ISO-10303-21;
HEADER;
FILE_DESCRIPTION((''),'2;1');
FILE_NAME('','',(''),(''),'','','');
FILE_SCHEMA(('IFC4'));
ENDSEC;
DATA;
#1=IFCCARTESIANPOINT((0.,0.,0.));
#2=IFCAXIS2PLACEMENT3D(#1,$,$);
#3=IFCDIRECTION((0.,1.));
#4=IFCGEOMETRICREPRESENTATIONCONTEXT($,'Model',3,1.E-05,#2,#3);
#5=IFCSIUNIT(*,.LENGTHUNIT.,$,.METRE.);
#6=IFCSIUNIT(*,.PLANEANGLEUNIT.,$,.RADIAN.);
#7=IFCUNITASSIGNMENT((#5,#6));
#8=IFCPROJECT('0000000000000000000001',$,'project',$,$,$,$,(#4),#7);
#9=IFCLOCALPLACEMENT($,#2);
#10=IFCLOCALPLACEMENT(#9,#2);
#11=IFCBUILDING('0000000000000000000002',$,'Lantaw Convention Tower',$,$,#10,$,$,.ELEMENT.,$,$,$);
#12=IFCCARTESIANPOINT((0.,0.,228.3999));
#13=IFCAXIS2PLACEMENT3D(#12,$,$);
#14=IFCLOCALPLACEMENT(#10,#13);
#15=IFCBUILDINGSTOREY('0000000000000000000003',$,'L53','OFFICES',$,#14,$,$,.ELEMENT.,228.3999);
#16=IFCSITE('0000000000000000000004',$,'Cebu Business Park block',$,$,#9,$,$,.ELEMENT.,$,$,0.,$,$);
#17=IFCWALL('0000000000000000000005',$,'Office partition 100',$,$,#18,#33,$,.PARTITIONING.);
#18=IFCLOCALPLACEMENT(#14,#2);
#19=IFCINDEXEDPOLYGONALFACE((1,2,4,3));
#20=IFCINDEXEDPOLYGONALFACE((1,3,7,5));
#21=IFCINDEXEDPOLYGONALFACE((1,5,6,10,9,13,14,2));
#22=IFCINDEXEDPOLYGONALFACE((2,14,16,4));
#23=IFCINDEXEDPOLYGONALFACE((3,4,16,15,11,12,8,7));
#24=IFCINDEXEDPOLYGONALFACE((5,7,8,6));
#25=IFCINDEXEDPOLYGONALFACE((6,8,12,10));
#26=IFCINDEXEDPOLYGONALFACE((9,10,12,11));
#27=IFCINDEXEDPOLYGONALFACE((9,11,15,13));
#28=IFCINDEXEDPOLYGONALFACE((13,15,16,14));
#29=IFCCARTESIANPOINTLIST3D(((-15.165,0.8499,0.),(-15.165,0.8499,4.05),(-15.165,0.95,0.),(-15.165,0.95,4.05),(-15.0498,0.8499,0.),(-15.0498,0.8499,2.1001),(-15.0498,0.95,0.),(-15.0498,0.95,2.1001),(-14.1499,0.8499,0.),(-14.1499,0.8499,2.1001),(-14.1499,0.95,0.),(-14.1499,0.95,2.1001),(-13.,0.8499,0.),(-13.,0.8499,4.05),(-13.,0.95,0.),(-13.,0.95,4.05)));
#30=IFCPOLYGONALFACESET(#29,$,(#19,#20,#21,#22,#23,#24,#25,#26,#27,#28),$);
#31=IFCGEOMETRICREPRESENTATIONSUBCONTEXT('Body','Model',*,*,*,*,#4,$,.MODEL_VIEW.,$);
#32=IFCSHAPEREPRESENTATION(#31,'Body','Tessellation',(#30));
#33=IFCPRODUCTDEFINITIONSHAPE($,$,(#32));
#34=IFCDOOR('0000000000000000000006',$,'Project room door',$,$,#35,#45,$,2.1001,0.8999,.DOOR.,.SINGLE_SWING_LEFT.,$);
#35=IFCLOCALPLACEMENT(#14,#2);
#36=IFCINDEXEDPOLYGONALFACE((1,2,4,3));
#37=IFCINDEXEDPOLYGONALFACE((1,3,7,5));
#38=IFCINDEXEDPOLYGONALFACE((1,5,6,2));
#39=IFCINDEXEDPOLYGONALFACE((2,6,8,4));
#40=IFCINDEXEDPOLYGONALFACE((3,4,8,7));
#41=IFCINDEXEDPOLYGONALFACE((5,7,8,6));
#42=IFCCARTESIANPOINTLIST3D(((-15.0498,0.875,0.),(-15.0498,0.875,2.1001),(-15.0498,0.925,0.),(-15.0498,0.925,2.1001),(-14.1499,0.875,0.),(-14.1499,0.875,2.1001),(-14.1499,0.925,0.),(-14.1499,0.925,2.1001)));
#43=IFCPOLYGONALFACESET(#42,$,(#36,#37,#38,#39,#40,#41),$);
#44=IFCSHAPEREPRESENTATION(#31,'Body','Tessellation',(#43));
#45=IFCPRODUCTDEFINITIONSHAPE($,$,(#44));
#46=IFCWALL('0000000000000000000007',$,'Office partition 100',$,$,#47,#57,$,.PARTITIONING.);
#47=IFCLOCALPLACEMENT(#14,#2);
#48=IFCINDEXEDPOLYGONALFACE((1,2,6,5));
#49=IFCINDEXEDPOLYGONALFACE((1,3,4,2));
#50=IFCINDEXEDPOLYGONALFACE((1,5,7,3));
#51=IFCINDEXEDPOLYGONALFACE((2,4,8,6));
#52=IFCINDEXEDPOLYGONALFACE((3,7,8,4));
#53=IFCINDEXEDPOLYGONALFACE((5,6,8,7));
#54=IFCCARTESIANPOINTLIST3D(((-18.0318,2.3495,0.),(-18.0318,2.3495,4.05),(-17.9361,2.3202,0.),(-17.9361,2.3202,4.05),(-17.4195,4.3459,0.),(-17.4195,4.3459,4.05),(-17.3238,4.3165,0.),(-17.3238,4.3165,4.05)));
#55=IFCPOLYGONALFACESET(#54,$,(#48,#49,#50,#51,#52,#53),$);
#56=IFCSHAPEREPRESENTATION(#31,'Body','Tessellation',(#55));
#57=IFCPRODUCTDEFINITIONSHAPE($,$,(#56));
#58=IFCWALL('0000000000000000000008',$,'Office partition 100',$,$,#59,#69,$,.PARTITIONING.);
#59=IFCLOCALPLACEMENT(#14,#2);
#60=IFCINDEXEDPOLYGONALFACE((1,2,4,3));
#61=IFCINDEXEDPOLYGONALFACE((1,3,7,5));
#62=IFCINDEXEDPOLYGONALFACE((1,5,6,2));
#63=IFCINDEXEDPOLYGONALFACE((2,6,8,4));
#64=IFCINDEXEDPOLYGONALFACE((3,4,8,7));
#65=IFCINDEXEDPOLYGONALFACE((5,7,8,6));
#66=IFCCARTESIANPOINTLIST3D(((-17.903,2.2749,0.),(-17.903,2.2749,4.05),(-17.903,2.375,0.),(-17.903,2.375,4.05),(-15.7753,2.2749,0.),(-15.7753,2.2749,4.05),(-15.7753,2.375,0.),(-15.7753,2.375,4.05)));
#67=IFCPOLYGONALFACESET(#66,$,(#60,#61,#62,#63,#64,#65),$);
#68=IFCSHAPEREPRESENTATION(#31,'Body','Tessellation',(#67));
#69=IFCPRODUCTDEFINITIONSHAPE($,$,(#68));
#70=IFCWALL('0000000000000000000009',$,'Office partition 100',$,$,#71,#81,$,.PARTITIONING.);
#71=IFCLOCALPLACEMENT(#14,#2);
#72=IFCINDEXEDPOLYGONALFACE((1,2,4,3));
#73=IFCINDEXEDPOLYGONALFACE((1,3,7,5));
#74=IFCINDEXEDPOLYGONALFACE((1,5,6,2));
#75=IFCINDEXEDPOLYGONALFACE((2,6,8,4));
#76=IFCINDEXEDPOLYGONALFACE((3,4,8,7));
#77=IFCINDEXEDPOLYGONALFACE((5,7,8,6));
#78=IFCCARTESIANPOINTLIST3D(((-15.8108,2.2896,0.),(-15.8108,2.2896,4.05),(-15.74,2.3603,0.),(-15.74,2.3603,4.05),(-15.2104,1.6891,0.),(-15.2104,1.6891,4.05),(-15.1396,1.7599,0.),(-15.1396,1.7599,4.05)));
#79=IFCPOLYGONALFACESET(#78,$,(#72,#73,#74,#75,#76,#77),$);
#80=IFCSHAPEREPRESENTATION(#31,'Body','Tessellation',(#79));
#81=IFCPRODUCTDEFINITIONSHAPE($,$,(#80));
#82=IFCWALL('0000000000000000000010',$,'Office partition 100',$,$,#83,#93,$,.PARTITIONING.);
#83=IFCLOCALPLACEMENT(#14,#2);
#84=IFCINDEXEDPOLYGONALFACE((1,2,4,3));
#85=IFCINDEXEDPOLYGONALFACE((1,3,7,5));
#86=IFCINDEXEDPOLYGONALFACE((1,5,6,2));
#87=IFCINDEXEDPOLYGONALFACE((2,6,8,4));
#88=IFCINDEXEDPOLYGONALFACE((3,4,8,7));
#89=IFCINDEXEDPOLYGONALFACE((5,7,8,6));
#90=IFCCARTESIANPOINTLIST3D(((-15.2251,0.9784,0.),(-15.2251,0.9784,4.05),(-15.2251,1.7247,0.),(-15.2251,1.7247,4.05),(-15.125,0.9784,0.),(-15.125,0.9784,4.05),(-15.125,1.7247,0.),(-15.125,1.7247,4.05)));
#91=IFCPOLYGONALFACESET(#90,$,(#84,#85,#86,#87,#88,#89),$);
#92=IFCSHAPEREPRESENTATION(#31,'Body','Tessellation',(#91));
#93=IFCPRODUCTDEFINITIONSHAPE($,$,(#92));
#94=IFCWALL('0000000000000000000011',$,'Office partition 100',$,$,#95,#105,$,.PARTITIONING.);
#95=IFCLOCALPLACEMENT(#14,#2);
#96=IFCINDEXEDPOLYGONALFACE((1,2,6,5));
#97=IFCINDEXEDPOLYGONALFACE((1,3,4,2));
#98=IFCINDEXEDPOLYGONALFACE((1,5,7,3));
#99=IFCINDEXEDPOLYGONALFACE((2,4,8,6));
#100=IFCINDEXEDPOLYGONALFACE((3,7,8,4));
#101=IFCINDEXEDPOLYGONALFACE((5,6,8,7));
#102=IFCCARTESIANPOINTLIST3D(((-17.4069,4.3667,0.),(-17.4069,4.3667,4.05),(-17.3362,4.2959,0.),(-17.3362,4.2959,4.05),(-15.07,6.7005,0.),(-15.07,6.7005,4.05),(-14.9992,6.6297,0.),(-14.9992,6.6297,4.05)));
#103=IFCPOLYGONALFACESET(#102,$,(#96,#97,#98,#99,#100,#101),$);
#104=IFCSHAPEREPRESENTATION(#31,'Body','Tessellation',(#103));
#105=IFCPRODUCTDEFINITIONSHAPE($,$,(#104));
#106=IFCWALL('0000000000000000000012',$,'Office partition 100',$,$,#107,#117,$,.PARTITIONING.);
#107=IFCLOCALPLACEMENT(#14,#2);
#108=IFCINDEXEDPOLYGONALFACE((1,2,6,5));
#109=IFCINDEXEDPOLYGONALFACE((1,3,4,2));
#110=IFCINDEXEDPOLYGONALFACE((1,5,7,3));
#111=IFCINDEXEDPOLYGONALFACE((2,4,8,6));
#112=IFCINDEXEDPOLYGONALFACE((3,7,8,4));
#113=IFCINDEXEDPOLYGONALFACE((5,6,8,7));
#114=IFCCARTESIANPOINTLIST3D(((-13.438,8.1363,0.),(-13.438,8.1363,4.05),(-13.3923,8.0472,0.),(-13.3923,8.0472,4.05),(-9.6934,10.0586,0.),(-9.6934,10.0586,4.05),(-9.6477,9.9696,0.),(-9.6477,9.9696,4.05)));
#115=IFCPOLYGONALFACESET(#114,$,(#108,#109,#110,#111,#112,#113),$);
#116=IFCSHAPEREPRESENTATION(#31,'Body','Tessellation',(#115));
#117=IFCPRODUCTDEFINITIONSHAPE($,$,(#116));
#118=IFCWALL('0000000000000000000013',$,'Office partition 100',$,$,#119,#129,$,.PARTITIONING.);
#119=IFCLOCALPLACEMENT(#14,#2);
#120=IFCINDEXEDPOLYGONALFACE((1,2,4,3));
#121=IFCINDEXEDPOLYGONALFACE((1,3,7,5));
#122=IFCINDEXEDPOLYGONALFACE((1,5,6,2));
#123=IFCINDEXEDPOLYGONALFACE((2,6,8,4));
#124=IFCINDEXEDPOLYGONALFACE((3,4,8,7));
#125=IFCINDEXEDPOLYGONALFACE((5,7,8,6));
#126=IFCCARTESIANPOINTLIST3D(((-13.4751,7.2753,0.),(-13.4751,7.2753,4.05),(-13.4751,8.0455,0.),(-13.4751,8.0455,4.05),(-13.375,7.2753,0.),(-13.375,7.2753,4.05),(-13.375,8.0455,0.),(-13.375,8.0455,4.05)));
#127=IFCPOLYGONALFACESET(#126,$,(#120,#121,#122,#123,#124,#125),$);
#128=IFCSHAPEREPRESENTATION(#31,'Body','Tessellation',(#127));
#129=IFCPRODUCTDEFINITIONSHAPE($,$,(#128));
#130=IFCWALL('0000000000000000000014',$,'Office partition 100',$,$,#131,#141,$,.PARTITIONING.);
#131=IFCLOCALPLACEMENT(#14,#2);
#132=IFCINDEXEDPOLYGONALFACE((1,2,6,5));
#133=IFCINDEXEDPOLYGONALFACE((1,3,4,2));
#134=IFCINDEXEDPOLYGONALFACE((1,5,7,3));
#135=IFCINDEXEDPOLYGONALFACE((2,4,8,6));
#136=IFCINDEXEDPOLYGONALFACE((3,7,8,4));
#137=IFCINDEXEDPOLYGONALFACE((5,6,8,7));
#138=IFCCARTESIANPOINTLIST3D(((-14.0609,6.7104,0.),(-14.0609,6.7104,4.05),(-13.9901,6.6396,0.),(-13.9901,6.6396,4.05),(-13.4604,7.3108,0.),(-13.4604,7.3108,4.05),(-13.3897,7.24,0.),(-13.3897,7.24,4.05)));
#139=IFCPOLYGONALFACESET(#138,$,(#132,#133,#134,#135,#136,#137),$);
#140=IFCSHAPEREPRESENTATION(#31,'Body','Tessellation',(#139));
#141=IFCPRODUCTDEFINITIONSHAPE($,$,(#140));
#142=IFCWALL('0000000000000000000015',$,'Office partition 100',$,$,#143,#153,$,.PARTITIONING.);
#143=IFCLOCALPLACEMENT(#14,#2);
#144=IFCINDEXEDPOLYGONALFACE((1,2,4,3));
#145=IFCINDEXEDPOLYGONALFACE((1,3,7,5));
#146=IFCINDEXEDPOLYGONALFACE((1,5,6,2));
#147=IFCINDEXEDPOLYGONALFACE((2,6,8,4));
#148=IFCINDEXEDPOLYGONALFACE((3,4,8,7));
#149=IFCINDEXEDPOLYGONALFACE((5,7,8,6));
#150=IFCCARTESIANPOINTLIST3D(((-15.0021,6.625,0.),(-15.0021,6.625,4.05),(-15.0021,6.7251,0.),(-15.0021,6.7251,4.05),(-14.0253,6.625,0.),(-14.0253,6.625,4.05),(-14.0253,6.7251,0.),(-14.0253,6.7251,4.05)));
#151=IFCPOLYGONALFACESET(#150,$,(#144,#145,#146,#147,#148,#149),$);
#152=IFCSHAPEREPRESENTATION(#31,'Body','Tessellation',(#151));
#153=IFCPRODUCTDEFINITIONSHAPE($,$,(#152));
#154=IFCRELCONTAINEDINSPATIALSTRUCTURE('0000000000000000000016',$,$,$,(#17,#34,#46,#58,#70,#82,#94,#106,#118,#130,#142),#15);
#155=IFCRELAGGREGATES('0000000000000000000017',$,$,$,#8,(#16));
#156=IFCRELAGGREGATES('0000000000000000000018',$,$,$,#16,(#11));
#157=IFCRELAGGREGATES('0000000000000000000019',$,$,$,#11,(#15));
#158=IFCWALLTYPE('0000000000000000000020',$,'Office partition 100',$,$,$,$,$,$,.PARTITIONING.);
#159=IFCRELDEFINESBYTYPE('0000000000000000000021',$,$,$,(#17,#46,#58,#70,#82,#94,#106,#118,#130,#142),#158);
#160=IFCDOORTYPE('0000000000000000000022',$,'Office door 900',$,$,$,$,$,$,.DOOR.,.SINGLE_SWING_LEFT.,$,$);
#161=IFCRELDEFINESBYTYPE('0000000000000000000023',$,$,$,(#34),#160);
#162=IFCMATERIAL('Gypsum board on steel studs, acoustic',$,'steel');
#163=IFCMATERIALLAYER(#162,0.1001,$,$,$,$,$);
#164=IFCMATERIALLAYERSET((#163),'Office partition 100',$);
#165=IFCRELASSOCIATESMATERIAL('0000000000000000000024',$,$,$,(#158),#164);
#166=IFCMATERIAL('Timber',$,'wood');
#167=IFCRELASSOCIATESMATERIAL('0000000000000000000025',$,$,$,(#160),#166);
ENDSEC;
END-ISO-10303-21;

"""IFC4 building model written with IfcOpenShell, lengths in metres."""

from ifc_helpers import new_model, si_unit, direction, frame, frame_2d, origin, place, context, subcontext, project, spatial, rectangle, extrude, material, layer, layer_set, type_object, element, fill, save


model = new_model("IFC4")

# Units and contexts
model_context = context("Model", 3, precision=1e-05, world=origin(), true_north=direction((0.0, 1.0)))
body_context = subcontext(model_context, "Body", "Model", "MODEL_VIEW")
ifc_project = project(units=[si_unit("LENGTHUNIT", "METRE"), si_unit("PLANEANGLEUNIT", "RADIAN")], contexts=[model_context])

# Site, building, storey
site_placement = place(None, origin())
site = spatial("IfcSite", under=ifc_project, at=site_placement, Name="Cebu Business Park block", CompositionType="ELEMENT", RefElevation=0.0)
building_placement = place(site_placement, origin())
building = spatial("IfcBuilding", under=site, at=building_placement, Name="Lantaw Convention Tower", CompositionType="ELEMENT")
storey_placement = place(building_placement, frame((0.0, 0.0, 228.3999)))
storey = spatial("IfcBuildingStorey", under=building, at=storey_placement, Name="L53", Description="OFFICES", CompositionType="ELEMENT", Elevation=228.3999)

# Wall, opening, door
ifc_material_1 = material(Name="Gypsum board on steel studs, acoustic", Category="steel")
ifc_layer_1 = layer(ifc_material_1, 0.1001)
ifc_layer_set_1 = layer_set([ifc_layer_1], Name="Office partition 100")
wall_type_1 = type_object("IfcWallType", Name="Office partition 100", PredefinedType="PARTITIONING", material=ifc_layer_set_1)
wall_1_placement = place(storey_placement, frame((-13.0, 0.8999, 0.0), z_axis=(0.0, 0.0, 1.0), x_axis=(-1.0, 0.0, 0.0)))
wall_1 = element("IfcWall", 1, at=wall_1_placement, inside=storey, type_object=wall_type_1, Name="Office partition 100", PredefinedType="PARTITIONING", context=body_context, shape_type="SweptSolid", body=[
    extrude(rectangle(XDim=2.165, YDim=0.1001, at=frame_2d((1.0825, 0.0))), origin(), (0.0, 0.0, 1.0), 4.05),
])
opening_1_placement = place(wall_1_placement, frame((1.1499, 0.0, 0.0)))
opening_1 = element("IfcOpeningElement", 2, at=opening_1_placement, cuts=wall_1, PredefinedType="OPENING", context=body_context, shape_type="SweptSolid", body=[
    extrude(rectangle(XDim=0.8999, YDim=2.1001, at=frame_2d((0.45, 1.05))), frame((0.0, 0.0601, 0.0), z_axis=(0.0, -1.0, 0.0), x_axis=(1.0, 0.0, 0.0)), (0.0, 0.0, 1.0), 0.1201),
])
ifc_material_2 = material(Name="Timber", Category="wood")
door_type_1 = type_object("IfcDoorType", Name="Office door 900", OperationType="SINGLE_SWING_LEFT", PredefinedType="DOOR", material=ifc_material_2)
door_1_placement = place(opening_1_placement, origin())
door_1 = element("IfcDoor", 3, at=door_1_placement, inside=storey, type_object=door_type_1, Name="Project room door", OperationType="SINGLE_SWING_LEFT", OverallHeight=2.1001, OverallWidth=0.8999, PredefinedType="DOOR", context=body_context, shape_type="SweptSolid", body=[
    extrude(rectangle(XDim=0.8999, YDim=2.1001, at=frame_2d((0.45, 1.05))), frame((0.0, 0.0249, 0.0), z_axis=(0.0, -1.0, 0.0), x_axis=(1.0, 0.0, 0.0)), (0.0, 0.0, 1.0), 0.05),
])
fill(opening_1, door_1)

# Walls
wall_2_placement = place(storey_placement, frame((-17.9839, 2.335, 0.0), z_axis=(0.0, 0.0, 1.0), x_axis=(0.293231, 0.956042, 0.0)))
element("IfcWall", 4, at=wall_2_placement, inside=storey, type_object=wall_type_1, Name="Office partition 100", PredefinedType="PARTITIONING", context=body_context, shape_type="SweptSolid", body=[
    extrude(rectangle(XDim=2.0881, YDim=0.1001, at=frame_2d((1.0439, 0.0))), origin(), (0.0, 0.0, 1.0), 4.05),
])
wall_3_placement = place(storey_placement, frame((-17.9031, 2.325, 0.0), z_axis=(0.0, 0.0, 1.0), x_axis=(1.0, 0.0, 0.0)))
element("IfcWall", 5, at=wall_3_placement, inside=storey, type_object=wall_type_1, Name="Office partition 100", PredefinedType="PARTITIONING", context=body_context, shape_type="SweptSolid", body=[
    extrude(rectangle(XDim=2.1277, YDim=0.1001, at=frame_2d((1.064, 0.0))), origin(), (0.0, 0.0, 1.0), 4.05),
])
wall_4_placement = place(storey_placement, frame((-15.7754, 2.325, 0.0), z_axis=(0.0, 0.0, 1.0), x_axis=(0.707107, -0.707107, 0.0)))
element("IfcWall", 6, at=wall_4_placement, inside=storey, type_object=wall_type_1, Name="Office partition 100", PredefinedType="PARTITIONING", context=body_context, shape_type="SweptSolid", body=[
    extrude(rectangle(XDim=0.8491, YDim=0.1001, at=frame_2d((0.4246, 0.0))), origin(), (0.0, 0.0, 1.0), 4.05),
])
wall_5_placement = place(storey_placement, frame((-15.175, 1.7246, 0.0), z_axis=(0.0, 0.0, 1.0), x_axis=(0.0, -1.0, 0.0)))
element("IfcWall", 7, at=wall_5_placement, inside=storey, type_object=wall_type_1, Name="Office partition 100", PredefinedType="PARTITIONING", context=body_context, shape_type="SweptSolid", body=[
    extrude(rectangle(XDim=0.7463, YDim=0.1001, at=frame_2d((0.373, 0.0))), origin(), (0.0, 0.0, 1.0), 4.05),
])
wall_6_placement = place(storey_placement, frame((-17.3716, 4.3313, 0.0), z_axis=(0.0, 0.0, 1.0), x_axis=(0.707587, 0.706626, 0.0)))
element("IfcWall", 8, at=wall_6_placement, inside=storey, type_object=wall_type_1, Name="Office partition 100", PredefinedType="PARTITIONING", context=body_context, shape_type="SweptSolid", body=[
    extrude(rectangle(XDim=3.3027, YDim=0.1001, at=frame_2d((1.6514, 0.0))), origin(), (0.0, 0.0, 1.0), 4.05),
])
wall_7_placement = place(storey_placement, frame((-13.415, 8.0918, 0.0), z_axis=(0.0, 0.0, 1.0), x_axis=(0.889621, 0.4567, 0.0)))
element("IfcWall", 9, at=wall_7_placement, inside=storey, type_object=wall_type_1, Name="Office partition 100", PredefinedType="PARTITIONING", context=body_context, shape_type="SweptSolid", body=[
    extrude(rectangle(XDim=4.2092, YDim=0.1001, at=frame_2d((2.1045, 0.0))), origin(), (0.0, 0.0, 1.0), 4.05),
])
wall_8_placement = place(storey_placement, frame((-13.425, 8.0457, 0.0), z_axis=(0.0, 0.0, 1.0), x_axis=(0.0, -1.0, 0.0)))
element("IfcWall", 10, at=wall_8_placement, inside=storey, type_object=wall_type_1, Name="Office partition 100", PredefinedType="PARTITIONING", context=body_context, shape_type="SweptSolid", body=[
    extrude(rectangle(XDim=0.7703, YDim=0.1001, at=frame_2d((0.3853, 0.0))), origin(), (0.0, 0.0, 1.0), 4.05),
])
wall_9_placement = place(storey_placement, frame((-13.425, 7.2754, 0.0), z_axis=(0.0, 0.0, 1.0), x_axis=(-0.707107, -0.707107, 0.0)))
element("IfcWall", 11, at=wall_9_placement, inside=storey, type_object=wall_type_1, Name="Office partition 100", PredefinedType="PARTITIONING", context=body_context, shape_type="SweptSolid", body=[
    extrude(rectangle(XDim=0.8491, YDim=0.1001, at=frame_2d((0.4246, 0.0))), origin(), (0.0, 0.0, 1.0), 4.05),
])
wall_10_placement = place(storey_placement, frame((-14.0254, 6.675, 0.0), z_axis=(0.0, 0.0, 1.0), x_axis=(-1.0, 0.0, 0.0)))
element("IfcWall", 12, at=wall_10_placement, inside=storey, type_object=wall_type_1, Name="Office partition 100", PredefinedType="PARTITIONING", context=body_context, shape_type="SweptSolid", body=[
    extrude(rectangle(XDim=0.9768, YDim=0.1001, at=frame_2d((0.4883, 0.0))), origin(), (0.0, 0.0, 1.0), 4.05),
])

save(model, "model.ifc")
